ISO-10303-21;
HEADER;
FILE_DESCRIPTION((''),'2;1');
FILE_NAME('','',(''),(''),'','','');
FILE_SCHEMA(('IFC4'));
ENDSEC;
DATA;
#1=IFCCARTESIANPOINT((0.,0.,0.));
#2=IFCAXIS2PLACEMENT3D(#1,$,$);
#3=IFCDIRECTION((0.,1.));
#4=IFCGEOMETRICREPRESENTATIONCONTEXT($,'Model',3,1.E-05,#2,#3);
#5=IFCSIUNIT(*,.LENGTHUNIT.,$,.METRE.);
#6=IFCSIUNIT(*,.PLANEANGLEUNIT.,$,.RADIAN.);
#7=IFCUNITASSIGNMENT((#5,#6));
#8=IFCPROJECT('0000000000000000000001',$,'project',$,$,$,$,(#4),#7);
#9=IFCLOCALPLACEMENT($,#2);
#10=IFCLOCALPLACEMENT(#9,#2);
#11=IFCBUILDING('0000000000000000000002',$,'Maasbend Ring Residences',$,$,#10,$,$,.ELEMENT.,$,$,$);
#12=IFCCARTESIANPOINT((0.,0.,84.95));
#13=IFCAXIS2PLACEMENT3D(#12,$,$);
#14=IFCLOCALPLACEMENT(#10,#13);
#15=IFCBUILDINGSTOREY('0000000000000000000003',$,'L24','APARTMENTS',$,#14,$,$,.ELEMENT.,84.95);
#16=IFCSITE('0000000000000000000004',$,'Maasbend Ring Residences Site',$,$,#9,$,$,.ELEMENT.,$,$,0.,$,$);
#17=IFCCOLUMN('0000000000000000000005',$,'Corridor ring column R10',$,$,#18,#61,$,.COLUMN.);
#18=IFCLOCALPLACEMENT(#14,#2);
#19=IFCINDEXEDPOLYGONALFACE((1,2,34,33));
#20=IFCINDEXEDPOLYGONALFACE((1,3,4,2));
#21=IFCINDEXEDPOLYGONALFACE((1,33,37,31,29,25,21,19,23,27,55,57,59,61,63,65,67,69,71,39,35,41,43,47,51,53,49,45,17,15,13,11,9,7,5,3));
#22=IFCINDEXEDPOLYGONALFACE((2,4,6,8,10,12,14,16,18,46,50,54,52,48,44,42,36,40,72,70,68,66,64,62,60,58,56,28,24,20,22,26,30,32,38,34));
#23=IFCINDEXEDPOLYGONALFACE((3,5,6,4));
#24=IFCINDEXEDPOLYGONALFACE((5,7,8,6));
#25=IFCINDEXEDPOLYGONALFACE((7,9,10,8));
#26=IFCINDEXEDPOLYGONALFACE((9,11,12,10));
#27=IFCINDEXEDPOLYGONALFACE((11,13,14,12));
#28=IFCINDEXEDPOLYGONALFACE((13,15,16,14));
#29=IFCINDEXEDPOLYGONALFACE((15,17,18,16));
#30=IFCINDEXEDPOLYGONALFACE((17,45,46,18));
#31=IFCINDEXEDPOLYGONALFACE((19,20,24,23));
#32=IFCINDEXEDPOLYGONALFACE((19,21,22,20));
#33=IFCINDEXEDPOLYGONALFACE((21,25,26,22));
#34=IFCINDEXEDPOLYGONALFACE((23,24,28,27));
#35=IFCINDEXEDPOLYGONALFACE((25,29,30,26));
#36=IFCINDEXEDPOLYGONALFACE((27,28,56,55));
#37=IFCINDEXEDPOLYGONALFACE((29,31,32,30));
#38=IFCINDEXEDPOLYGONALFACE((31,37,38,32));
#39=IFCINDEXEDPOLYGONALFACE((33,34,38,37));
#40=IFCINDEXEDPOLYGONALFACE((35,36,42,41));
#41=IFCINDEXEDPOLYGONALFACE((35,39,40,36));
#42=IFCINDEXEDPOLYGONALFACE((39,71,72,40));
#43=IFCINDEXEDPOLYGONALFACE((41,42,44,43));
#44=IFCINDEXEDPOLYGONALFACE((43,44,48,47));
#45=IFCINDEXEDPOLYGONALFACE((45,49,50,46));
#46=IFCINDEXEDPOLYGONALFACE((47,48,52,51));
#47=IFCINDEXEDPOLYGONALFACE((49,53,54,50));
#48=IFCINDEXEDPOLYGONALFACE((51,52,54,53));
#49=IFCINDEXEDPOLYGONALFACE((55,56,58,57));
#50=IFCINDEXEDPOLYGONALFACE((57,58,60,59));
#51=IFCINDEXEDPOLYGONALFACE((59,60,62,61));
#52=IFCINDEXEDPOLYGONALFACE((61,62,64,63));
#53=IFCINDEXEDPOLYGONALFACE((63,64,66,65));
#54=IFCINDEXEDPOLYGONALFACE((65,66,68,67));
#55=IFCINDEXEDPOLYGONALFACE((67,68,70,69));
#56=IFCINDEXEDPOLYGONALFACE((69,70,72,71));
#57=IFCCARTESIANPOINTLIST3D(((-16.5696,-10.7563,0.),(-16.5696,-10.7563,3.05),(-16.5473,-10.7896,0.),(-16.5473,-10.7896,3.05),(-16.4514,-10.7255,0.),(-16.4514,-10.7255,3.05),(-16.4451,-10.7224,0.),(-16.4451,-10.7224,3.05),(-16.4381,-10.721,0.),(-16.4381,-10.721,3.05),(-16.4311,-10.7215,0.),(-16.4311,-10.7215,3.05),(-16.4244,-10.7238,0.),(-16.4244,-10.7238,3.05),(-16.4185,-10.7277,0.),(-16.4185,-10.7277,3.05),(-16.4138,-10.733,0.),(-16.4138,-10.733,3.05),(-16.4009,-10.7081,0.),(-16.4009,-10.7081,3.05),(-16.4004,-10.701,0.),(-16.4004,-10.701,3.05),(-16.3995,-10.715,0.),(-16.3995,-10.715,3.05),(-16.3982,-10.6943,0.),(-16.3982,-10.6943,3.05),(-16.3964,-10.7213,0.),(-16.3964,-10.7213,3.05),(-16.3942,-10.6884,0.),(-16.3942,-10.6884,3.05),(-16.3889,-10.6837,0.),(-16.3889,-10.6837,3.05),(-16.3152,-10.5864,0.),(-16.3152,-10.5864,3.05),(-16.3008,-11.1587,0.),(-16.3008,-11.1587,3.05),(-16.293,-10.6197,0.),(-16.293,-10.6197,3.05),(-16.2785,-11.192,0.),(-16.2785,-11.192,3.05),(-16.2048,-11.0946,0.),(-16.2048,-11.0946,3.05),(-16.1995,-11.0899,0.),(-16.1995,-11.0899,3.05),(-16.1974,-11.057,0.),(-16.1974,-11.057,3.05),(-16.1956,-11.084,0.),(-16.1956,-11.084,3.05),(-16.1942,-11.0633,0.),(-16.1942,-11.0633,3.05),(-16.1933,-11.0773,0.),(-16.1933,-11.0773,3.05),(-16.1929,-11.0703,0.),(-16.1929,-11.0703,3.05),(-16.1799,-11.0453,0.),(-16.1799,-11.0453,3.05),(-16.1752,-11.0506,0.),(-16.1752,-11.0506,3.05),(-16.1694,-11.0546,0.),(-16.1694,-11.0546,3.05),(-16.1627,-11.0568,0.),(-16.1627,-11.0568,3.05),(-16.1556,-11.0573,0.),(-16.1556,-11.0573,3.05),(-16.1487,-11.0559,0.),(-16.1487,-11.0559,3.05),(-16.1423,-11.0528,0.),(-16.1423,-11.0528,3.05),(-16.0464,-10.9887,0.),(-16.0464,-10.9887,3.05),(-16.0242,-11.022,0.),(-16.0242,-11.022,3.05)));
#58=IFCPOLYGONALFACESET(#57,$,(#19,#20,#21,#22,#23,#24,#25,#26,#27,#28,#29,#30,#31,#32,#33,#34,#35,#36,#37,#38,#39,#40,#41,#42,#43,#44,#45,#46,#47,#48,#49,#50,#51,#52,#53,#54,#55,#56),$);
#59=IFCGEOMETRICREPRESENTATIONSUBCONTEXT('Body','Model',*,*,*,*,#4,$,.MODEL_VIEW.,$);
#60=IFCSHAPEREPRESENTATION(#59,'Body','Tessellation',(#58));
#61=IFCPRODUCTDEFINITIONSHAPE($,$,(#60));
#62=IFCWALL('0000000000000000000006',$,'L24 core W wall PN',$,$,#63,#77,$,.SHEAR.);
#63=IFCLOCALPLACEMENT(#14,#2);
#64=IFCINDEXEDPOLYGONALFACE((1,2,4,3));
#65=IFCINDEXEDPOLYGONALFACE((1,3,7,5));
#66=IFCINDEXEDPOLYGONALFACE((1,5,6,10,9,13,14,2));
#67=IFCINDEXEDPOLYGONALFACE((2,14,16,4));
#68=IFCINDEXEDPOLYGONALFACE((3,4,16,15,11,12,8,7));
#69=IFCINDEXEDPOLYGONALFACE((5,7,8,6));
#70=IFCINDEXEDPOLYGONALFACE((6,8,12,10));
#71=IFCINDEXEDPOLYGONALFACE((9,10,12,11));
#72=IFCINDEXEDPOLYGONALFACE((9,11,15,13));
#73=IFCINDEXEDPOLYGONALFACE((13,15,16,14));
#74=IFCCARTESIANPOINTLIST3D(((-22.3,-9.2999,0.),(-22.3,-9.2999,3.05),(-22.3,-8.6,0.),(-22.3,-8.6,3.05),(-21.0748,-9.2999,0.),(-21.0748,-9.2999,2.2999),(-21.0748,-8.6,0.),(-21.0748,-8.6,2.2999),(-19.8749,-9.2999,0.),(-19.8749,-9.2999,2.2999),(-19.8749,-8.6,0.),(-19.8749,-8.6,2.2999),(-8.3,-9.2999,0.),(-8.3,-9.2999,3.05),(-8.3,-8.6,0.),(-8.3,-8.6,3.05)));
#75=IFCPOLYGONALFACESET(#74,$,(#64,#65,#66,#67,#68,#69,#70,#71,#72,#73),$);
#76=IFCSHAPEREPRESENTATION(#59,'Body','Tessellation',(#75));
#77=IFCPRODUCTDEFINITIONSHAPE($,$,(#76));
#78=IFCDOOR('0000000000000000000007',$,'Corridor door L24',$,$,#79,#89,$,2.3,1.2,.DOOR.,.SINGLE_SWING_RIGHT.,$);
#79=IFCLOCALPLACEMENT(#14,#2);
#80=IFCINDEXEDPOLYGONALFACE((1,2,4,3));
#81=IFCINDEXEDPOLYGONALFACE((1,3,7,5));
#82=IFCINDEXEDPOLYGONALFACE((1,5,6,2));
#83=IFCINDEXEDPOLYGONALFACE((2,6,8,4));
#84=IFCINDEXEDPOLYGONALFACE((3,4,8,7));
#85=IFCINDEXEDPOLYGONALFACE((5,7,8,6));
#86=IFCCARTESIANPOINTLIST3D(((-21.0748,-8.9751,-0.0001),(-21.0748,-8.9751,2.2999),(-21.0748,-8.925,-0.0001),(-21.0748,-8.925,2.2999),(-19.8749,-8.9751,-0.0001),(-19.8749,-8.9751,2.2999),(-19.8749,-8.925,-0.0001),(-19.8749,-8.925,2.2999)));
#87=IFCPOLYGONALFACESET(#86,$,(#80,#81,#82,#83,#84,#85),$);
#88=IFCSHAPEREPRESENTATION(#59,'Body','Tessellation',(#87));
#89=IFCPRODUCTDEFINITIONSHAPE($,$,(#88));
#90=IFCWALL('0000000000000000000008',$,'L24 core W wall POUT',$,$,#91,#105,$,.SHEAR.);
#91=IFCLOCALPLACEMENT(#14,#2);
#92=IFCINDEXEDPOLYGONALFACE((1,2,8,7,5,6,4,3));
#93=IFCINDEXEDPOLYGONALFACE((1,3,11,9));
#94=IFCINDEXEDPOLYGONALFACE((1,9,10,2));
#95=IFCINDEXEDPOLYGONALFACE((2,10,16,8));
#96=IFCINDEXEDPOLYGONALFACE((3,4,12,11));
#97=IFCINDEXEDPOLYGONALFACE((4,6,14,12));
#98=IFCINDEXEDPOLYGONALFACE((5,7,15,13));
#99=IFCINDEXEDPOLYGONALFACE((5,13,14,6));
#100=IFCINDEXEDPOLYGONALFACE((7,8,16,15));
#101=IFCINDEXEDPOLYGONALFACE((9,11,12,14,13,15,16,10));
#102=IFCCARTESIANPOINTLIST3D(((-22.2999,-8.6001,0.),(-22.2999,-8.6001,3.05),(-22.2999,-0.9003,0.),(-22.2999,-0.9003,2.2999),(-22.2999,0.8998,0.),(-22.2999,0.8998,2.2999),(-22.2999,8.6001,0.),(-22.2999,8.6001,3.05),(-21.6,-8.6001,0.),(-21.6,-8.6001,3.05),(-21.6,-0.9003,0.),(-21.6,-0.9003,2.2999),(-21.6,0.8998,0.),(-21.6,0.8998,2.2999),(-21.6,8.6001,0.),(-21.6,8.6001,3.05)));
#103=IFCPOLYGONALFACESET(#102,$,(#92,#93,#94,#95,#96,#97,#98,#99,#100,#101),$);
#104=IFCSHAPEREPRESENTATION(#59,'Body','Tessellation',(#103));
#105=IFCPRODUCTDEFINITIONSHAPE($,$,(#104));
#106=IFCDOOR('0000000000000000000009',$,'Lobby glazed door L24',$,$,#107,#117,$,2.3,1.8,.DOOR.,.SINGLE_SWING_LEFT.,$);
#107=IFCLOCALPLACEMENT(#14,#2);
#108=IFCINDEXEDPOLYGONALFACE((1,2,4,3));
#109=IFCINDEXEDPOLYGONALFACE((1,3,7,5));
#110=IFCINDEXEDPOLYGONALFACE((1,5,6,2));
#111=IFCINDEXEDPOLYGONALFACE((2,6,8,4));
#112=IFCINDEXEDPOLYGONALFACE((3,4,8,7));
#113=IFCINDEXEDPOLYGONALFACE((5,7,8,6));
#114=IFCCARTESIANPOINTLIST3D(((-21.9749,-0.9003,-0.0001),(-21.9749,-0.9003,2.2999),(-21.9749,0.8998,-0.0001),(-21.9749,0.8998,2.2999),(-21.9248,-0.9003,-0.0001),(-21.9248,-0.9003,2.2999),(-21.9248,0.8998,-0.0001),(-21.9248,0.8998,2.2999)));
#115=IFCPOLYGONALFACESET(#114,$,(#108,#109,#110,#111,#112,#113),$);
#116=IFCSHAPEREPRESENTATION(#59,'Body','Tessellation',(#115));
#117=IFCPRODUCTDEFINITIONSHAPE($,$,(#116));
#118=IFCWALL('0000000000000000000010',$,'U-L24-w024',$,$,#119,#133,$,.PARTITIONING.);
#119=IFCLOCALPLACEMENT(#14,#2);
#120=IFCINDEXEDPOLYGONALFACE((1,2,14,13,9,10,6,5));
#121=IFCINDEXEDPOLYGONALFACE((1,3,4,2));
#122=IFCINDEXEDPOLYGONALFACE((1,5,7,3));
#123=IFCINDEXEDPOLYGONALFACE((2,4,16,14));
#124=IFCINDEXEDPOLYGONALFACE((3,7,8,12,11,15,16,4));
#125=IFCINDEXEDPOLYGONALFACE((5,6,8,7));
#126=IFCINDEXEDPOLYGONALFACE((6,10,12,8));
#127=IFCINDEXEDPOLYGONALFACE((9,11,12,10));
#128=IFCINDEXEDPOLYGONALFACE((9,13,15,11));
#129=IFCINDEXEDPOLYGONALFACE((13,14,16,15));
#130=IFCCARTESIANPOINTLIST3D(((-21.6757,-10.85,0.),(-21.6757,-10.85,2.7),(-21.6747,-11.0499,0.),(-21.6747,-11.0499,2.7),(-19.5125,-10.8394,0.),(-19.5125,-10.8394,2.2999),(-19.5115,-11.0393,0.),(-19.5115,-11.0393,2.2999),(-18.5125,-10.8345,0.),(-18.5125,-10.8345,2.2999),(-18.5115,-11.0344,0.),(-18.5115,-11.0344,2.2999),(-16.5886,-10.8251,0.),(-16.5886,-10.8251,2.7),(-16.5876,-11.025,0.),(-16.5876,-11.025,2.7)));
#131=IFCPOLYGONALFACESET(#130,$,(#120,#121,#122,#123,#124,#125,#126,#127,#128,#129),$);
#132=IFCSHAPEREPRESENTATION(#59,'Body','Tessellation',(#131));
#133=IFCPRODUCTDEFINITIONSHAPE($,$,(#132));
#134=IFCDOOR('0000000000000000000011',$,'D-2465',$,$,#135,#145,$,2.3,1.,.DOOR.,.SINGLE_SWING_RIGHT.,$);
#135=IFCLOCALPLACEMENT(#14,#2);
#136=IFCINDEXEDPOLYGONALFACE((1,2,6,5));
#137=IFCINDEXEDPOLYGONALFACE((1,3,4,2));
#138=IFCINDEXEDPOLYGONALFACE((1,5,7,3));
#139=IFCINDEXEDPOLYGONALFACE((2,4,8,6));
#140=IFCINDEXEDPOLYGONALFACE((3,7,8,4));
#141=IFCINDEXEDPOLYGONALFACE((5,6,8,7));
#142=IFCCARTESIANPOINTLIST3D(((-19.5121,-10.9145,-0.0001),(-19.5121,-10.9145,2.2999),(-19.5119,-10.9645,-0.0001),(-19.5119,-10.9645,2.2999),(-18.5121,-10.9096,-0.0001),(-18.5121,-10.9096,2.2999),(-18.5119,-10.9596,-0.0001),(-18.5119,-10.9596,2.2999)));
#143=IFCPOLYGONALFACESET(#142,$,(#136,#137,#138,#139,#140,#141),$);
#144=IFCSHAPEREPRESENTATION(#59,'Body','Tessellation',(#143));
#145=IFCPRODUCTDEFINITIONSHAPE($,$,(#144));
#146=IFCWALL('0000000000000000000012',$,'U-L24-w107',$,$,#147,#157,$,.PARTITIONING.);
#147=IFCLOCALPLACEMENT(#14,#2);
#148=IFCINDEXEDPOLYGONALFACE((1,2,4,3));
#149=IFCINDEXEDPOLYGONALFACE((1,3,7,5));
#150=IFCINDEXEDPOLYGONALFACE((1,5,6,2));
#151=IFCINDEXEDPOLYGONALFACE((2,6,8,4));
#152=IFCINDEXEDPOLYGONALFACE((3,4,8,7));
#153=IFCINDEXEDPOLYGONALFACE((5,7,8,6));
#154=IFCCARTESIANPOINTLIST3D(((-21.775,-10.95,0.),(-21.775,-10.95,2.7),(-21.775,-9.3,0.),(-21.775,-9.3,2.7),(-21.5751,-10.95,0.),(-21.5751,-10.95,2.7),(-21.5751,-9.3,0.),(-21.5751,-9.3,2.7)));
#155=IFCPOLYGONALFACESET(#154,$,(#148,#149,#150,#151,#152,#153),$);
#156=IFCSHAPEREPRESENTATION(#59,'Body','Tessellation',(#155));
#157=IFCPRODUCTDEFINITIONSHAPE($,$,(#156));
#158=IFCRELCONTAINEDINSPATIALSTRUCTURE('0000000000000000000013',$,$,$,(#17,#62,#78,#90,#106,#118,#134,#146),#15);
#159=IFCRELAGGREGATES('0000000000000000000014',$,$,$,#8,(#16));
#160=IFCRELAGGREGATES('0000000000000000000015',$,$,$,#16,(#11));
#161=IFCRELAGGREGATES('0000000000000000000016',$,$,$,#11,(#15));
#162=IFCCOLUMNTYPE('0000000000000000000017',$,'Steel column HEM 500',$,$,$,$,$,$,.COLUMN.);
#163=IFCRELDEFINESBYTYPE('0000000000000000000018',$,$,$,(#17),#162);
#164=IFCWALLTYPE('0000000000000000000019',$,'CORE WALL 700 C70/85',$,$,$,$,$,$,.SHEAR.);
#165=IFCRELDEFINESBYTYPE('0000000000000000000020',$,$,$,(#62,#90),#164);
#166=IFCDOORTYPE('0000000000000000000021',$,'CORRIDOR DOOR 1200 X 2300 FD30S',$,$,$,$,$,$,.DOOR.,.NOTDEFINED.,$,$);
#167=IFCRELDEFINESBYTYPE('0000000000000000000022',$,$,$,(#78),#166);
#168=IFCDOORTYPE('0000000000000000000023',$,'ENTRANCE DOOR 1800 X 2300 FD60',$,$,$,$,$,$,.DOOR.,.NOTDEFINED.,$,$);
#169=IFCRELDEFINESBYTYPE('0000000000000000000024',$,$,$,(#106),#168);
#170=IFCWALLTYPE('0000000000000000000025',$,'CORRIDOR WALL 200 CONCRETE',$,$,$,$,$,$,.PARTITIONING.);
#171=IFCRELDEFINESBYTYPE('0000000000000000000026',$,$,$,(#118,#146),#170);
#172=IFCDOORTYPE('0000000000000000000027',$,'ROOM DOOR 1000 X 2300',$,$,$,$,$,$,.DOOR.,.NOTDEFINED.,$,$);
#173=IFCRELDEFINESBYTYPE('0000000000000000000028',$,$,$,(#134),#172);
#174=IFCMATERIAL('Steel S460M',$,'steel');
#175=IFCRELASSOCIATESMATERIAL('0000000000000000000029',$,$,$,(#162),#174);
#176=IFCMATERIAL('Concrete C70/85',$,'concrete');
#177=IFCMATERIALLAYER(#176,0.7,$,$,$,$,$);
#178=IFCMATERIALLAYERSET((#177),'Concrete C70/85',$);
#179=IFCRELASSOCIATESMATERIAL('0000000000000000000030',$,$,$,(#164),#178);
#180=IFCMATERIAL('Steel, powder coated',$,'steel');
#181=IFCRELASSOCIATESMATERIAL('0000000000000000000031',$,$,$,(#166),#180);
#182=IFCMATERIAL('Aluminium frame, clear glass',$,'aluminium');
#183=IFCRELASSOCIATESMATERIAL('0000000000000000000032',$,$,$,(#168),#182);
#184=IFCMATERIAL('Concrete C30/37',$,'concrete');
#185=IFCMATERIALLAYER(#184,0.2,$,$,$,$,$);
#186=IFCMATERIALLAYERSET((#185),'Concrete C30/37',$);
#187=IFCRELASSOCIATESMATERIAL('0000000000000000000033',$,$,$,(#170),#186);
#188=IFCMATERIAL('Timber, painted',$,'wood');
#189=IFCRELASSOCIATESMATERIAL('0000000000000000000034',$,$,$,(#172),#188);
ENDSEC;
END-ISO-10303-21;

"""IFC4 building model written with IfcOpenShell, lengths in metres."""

from ifc_helpers import new_model, si_unit, direction, frame, frame_2d, origin, origin_2d, place, context, subcontext, project, spatial, rectangle, i_section, extrude, material, layer, layer_set, material_profile, profile_set, type_object, element, fill, save


model = new_model("IFC4")

# Units and contexts
model_context = context("Model", 3, precision=1e-05, world=origin(), true_north=direction((0.0, 1.0)))
body_context = subcontext(model_context, "Body", "Model", "MODEL_VIEW")
ifc_project = project(units=[si_unit("LENGTHUNIT", "METRE"), si_unit("PLANEANGLEUNIT", "RADIAN")], contexts=[model_context])

# Site, building, storey
site_placement = place(None, origin())
site = spatial("IfcSite", under=ifc_project, at=site_placement, Name="Maasbend Ring Residences Site", CompositionType="ELEMENT", RefElevation=0.0)
building_placement = place(site_placement, origin())
building = spatial("IfcBuilding", under=site, at=building_placement, Name="Maasbend Ring Residences", CompositionType="ELEMENT")
storey_placement = place(building_placement, frame((0.0, 0.0, 84.95)))
storey = spatial("IfcBuildingStorey", under=building, at=storey_placement, Name="L24", Description="APARTMENTS", CompositionType="ELEMENT", Elevation=84.95)

# Column
ifc_material_1 = material(Name="Steel S460M", Category="steel")
ifc_material_profile = material_profile(ifc_material_1, i_section(OverallWidth=0.3059, OverallDepth=0.5239, WebThickness=0.021, FlangeThickness=0.04, FilletRadius=0.0271, at=origin_2d()), Name="HEM 500")
ifc_profile_set = profile_set([ifc_material_profile], Name="Steel S460M")
column_type = type_object("IfcColumnType", Name="Steel column HEM 500", PredefinedType="COLUMN", material=ifc_profile_set)
column_placement = place(storey_placement, frame((-16.2969, -10.8892, 0.0), z_axis=(0.0, 0.0, 1.0), x_axis=(-0.83147, -0.55557, 0.0)))
element("IfcColumn", 1, at=column_placement, inside=storey, type_object=column_type, Name="Corridor ring column R10", PredefinedType="COLUMN", context=body_context, shape_type="SweptSolid", body=[
    extrude(i_section(OverallWidth=0.3059, OverallDepth=0.5239, WebThickness=0.021, FlangeThickness=0.04, FilletRadius=0.0271, at=origin_2d()), origin(), (0.0, 0.0, 1.0), 3.05),
])

# Walls, openings, doors
ifc_material_2 = material(Name="Concrete C70/85", Category="concrete")
ifc_layer_1 = layer(ifc_material_2, 0.7)
ifc_layer_set_1 = layer_set([ifc_layer_1], Name="Concrete C70/85")
wall_type_1 = type_object("IfcWallType", Name="CORE WALL 700 C70/85", PredefinedType="SHEAR", material=ifc_layer_set_1)
wall_1_placement = place(storey_placement, frame((-22.3, -8.95, 0.0), z_axis=(0.0, 0.0, 1.0), x_axis=(1.0, 0.0, 0.0)))
wall_1 = element("IfcWall", 2, at=wall_1_placement, inside=storey, type_object=wall_type_1, Name="L24 core W wall PN", PredefinedType="SHEAR", context=body_context, shape_type="SweptSolid", body=[
    extrude(rectangle(XDim=14.0, YDim=0.7, at=frame_2d((7.0, 0.0))), origin(), (0.0, 0.0, 1.0), 3.05),
])
opening_1_placement = place(wall_1_placement, frame((1.2251, 0.0, 0.0)))
opening_1 = element("IfcOpeningElement", 3, at=opening_1_placement, cuts=wall_1, PredefinedType="OPENING", context=body_context, shape_type="SweptSolid", body=[
    extrude(rectangle(XDim=1.2, YDim=2.3, at=frame_2d((0.6001, 1.1499))), frame((0.0, 0.3599, 0.0), z_axis=(0.0, -1.0, 0.0), x_axis=(1.0, 0.0, 0.0)), (0.0, 0.0, 1.0), 0.72),
])
ifc_material_3 = material(Name="Steel, powder coated", Category="steel")
door_type_1 = type_object("IfcDoorType", Name="CORRIDOR DOOR 1200 X 2300 FD30S", OperationType="NOTDEFINED", PredefinedType="DOOR", material=ifc_material_3)
door_1_placement = place(opening_1_placement, origin())
door_1 = element("IfcDoor", 4, at=door_1_placement, inside=storey, type_object=door_type_1, Name="Corridor door L24", OperationType="SINGLE_SWING_RIGHT", OverallHeight=2.3, OverallWidth=1.2, PredefinedType="DOOR", context=body_context, shape_type="SweptSolid", body=[
    extrude(rectangle(XDim=1.2, YDim=2.3, at=frame_2d((0.6001, 1.1499))), frame((0.0, 0.0249, 0.0), z_axis=(0.0, -1.0, 0.0), x_axis=(1.0, 0.0, 0.0)), (0.0, 0.0, 1.0), 0.05),
])
fill(opening_1, door_1)
wall_2_placement = place(storey_placement, frame((-21.95, -8.6001, 0.0), z_axis=(0.0, 0.0, 1.0), x_axis=(0.0, 1.0, 0.0)))
wall_2 = element("IfcWall", 5, at=wall_2_placement, inside=storey, type_object=wall_type_1, Name="L24 core W wall POUT", PredefinedType="SHEAR", context=body_context, shape_type="SweptSolid", body=[
    extrude(rectangle(XDim=17.2002, YDim=0.7, at=frame_2d((8.6001, 0.0))), origin(), (0.0, 0.0, 1.0), 3.05),
])
opening_2_placement = place(wall_2_placement, frame((7.7, 0.0, 0.0)))
opening_2 = element("IfcOpeningElement", 6, at=opening_2_placement, cuts=wall_2, PredefinedType="OPENING", context=body_context, shape_type="SweptSolid", body=[
    extrude(rectangle(XDim=1.8, YDim=2.3, at=frame_2d((0.8999, 1.1499))), frame((0.0, 0.3599, 0.0), z_axis=(0.0, -1.0, 0.0), x_axis=(1.0, 0.0, 0.0)), (0.0, 0.0, 1.0), 0.72),
])
ifc_material_4 = material(Name="Aluminium frame, clear glass", Category="aluminium")
door_type_2 = type_object("IfcDoorType", Name="ENTRANCE DOOR 1800 X 2300 FD60", OperationType="NOTDEFINED", PredefinedType="DOOR", material=ifc_material_4)
door_2_placement = place(opening_2_placement, origin())
door_2 = element("IfcDoor", 7, at=door_2_placement, inside=storey, type_object=door_type_2, Name="Lobby glazed door L24", OperationType="SINGLE_SWING_LEFT", OverallHeight=2.3, OverallWidth=1.8, PredefinedType="DOOR", context=body_context, shape_type="SweptSolid", body=[
    extrude(rectangle(XDim=1.8, YDim=2.3, at=frame_2d((0.8999, 1.1499))), frame((0.0, 0.0249, 0.0), z_axis=(0.0, -1.0, 0.0), x_axis=(1.0, 0.0, 0.0)), (0.0, 0.0, 1.0), 0.05),
])
fill(opening_2, door_2)
ifc_material_5 = material(Name="Concrete C30/37", Category="concrete")
ifc_layer_2 = layer(ifc_material_5, 0.2)
ifc_layer_set_2 = layer_set([ifc_layer_2], Name="Concrete C30/37")
wall_type_2 = type_object("IfcWallType", Name="CORRIDOR WALL 200 CONCRETE", PredefinedType="PARTITIONING", material=ifc_layer_set_2)
wall_3_placement = place(storey_placement, frame((-21.675, -10.95, 0.0), z_axis=(0.0, 0.0, 1.0), x_axis=(0.999988, 0.004895, 0.0)))
wall_3 = element("IfcWall", 8, at=wall_3_placement, inside=storey, type_object=wall_type_2, Name="U-L24-w024", PredefinedType="PARTITIONING", context=body_context, shape_type="SweptSolid", body=[
    extrude(rectangle(XDim=5.0872, YDim=0.2, at=frame_2d((2.5435, 0.0))), origin(), (0.0, 0.0, 1.0), 2.7),
])
opening_3_placement = place(wall_3_placement, frame((2.1631, 0.0, 0.0)))
opening_3 = element("IfcOpeningElement", 9, at=opening_3_placement, cuts=wall_3, PredefinedType="OPENING", context=body_context, shape_type="SweptSolid", body=[
    extrude(rectangle(XDim=1.0, YDim=2.3, at=frame_2d((0.5, 1.1499))), frame((0.0, 0.1099, 0.0), z_axis=(0.0, -1.0, 0.0), x_axis=(1.0, 0.0, 0.0)), (0.0, 0.0, 1.0), 0.22),
])
ifc_material_6 = material(Name="Timber, painted", Category="wood")
door_type_3 = type_object("IfcDoorType", Name="ROOM DOOR 1000 X 2300", OperationType="NOTDEFINED", PredefinedType="DOOR", material=ifc_material_6)
door_3_placement = place(opening_3_placement, origin())
door_3 = element("IfcDoor", 10, at=door_3_placement, inside=storey, type_object=door_type_3, Name="D-2465", OperationType="SINGLE_SWING_RIGHT", OverallHeight=2.3, OverallWidth=1.0, PredefinedType="DOOR", context=body_context, shape_type="SweptSolid", body=[
    extrude(rectangle(XDim=1.0, YDim=2.3, at=frame_2d((0.5, 1.1499))), frame((0.0, 0.0249, 0.0), z_axis=(0.0, -1.0, 0.0), x_axis=(1.0, 0.0, 0.0)), (0.0, 0.0, 1.0), 0.05),
])
fill(opening_3, door_3)

# Wall
wall_4_placement = place(storey_placement, frame((-21.675, -10.95, 0.0), z_axis=(0.0, 0.0, 1.0), x_axis=(0.0, 1.0, 0.0)))
element("IfcWall", 11, at=wall_4_placement, inside=storey, type_object=wall_type_2, Name="U-L24-w107", PredefinedType="PARTITIONING", context=body_context, shape_type="SweptSolid", body=[
    extrude(rectangle(XDim=1.6499, YDim=0.2, at=frame_2d((0.825, 0.0))), origin(), (0.0, 0.0, 1.0), 2.7),
])

save(model, "model.ifc")
